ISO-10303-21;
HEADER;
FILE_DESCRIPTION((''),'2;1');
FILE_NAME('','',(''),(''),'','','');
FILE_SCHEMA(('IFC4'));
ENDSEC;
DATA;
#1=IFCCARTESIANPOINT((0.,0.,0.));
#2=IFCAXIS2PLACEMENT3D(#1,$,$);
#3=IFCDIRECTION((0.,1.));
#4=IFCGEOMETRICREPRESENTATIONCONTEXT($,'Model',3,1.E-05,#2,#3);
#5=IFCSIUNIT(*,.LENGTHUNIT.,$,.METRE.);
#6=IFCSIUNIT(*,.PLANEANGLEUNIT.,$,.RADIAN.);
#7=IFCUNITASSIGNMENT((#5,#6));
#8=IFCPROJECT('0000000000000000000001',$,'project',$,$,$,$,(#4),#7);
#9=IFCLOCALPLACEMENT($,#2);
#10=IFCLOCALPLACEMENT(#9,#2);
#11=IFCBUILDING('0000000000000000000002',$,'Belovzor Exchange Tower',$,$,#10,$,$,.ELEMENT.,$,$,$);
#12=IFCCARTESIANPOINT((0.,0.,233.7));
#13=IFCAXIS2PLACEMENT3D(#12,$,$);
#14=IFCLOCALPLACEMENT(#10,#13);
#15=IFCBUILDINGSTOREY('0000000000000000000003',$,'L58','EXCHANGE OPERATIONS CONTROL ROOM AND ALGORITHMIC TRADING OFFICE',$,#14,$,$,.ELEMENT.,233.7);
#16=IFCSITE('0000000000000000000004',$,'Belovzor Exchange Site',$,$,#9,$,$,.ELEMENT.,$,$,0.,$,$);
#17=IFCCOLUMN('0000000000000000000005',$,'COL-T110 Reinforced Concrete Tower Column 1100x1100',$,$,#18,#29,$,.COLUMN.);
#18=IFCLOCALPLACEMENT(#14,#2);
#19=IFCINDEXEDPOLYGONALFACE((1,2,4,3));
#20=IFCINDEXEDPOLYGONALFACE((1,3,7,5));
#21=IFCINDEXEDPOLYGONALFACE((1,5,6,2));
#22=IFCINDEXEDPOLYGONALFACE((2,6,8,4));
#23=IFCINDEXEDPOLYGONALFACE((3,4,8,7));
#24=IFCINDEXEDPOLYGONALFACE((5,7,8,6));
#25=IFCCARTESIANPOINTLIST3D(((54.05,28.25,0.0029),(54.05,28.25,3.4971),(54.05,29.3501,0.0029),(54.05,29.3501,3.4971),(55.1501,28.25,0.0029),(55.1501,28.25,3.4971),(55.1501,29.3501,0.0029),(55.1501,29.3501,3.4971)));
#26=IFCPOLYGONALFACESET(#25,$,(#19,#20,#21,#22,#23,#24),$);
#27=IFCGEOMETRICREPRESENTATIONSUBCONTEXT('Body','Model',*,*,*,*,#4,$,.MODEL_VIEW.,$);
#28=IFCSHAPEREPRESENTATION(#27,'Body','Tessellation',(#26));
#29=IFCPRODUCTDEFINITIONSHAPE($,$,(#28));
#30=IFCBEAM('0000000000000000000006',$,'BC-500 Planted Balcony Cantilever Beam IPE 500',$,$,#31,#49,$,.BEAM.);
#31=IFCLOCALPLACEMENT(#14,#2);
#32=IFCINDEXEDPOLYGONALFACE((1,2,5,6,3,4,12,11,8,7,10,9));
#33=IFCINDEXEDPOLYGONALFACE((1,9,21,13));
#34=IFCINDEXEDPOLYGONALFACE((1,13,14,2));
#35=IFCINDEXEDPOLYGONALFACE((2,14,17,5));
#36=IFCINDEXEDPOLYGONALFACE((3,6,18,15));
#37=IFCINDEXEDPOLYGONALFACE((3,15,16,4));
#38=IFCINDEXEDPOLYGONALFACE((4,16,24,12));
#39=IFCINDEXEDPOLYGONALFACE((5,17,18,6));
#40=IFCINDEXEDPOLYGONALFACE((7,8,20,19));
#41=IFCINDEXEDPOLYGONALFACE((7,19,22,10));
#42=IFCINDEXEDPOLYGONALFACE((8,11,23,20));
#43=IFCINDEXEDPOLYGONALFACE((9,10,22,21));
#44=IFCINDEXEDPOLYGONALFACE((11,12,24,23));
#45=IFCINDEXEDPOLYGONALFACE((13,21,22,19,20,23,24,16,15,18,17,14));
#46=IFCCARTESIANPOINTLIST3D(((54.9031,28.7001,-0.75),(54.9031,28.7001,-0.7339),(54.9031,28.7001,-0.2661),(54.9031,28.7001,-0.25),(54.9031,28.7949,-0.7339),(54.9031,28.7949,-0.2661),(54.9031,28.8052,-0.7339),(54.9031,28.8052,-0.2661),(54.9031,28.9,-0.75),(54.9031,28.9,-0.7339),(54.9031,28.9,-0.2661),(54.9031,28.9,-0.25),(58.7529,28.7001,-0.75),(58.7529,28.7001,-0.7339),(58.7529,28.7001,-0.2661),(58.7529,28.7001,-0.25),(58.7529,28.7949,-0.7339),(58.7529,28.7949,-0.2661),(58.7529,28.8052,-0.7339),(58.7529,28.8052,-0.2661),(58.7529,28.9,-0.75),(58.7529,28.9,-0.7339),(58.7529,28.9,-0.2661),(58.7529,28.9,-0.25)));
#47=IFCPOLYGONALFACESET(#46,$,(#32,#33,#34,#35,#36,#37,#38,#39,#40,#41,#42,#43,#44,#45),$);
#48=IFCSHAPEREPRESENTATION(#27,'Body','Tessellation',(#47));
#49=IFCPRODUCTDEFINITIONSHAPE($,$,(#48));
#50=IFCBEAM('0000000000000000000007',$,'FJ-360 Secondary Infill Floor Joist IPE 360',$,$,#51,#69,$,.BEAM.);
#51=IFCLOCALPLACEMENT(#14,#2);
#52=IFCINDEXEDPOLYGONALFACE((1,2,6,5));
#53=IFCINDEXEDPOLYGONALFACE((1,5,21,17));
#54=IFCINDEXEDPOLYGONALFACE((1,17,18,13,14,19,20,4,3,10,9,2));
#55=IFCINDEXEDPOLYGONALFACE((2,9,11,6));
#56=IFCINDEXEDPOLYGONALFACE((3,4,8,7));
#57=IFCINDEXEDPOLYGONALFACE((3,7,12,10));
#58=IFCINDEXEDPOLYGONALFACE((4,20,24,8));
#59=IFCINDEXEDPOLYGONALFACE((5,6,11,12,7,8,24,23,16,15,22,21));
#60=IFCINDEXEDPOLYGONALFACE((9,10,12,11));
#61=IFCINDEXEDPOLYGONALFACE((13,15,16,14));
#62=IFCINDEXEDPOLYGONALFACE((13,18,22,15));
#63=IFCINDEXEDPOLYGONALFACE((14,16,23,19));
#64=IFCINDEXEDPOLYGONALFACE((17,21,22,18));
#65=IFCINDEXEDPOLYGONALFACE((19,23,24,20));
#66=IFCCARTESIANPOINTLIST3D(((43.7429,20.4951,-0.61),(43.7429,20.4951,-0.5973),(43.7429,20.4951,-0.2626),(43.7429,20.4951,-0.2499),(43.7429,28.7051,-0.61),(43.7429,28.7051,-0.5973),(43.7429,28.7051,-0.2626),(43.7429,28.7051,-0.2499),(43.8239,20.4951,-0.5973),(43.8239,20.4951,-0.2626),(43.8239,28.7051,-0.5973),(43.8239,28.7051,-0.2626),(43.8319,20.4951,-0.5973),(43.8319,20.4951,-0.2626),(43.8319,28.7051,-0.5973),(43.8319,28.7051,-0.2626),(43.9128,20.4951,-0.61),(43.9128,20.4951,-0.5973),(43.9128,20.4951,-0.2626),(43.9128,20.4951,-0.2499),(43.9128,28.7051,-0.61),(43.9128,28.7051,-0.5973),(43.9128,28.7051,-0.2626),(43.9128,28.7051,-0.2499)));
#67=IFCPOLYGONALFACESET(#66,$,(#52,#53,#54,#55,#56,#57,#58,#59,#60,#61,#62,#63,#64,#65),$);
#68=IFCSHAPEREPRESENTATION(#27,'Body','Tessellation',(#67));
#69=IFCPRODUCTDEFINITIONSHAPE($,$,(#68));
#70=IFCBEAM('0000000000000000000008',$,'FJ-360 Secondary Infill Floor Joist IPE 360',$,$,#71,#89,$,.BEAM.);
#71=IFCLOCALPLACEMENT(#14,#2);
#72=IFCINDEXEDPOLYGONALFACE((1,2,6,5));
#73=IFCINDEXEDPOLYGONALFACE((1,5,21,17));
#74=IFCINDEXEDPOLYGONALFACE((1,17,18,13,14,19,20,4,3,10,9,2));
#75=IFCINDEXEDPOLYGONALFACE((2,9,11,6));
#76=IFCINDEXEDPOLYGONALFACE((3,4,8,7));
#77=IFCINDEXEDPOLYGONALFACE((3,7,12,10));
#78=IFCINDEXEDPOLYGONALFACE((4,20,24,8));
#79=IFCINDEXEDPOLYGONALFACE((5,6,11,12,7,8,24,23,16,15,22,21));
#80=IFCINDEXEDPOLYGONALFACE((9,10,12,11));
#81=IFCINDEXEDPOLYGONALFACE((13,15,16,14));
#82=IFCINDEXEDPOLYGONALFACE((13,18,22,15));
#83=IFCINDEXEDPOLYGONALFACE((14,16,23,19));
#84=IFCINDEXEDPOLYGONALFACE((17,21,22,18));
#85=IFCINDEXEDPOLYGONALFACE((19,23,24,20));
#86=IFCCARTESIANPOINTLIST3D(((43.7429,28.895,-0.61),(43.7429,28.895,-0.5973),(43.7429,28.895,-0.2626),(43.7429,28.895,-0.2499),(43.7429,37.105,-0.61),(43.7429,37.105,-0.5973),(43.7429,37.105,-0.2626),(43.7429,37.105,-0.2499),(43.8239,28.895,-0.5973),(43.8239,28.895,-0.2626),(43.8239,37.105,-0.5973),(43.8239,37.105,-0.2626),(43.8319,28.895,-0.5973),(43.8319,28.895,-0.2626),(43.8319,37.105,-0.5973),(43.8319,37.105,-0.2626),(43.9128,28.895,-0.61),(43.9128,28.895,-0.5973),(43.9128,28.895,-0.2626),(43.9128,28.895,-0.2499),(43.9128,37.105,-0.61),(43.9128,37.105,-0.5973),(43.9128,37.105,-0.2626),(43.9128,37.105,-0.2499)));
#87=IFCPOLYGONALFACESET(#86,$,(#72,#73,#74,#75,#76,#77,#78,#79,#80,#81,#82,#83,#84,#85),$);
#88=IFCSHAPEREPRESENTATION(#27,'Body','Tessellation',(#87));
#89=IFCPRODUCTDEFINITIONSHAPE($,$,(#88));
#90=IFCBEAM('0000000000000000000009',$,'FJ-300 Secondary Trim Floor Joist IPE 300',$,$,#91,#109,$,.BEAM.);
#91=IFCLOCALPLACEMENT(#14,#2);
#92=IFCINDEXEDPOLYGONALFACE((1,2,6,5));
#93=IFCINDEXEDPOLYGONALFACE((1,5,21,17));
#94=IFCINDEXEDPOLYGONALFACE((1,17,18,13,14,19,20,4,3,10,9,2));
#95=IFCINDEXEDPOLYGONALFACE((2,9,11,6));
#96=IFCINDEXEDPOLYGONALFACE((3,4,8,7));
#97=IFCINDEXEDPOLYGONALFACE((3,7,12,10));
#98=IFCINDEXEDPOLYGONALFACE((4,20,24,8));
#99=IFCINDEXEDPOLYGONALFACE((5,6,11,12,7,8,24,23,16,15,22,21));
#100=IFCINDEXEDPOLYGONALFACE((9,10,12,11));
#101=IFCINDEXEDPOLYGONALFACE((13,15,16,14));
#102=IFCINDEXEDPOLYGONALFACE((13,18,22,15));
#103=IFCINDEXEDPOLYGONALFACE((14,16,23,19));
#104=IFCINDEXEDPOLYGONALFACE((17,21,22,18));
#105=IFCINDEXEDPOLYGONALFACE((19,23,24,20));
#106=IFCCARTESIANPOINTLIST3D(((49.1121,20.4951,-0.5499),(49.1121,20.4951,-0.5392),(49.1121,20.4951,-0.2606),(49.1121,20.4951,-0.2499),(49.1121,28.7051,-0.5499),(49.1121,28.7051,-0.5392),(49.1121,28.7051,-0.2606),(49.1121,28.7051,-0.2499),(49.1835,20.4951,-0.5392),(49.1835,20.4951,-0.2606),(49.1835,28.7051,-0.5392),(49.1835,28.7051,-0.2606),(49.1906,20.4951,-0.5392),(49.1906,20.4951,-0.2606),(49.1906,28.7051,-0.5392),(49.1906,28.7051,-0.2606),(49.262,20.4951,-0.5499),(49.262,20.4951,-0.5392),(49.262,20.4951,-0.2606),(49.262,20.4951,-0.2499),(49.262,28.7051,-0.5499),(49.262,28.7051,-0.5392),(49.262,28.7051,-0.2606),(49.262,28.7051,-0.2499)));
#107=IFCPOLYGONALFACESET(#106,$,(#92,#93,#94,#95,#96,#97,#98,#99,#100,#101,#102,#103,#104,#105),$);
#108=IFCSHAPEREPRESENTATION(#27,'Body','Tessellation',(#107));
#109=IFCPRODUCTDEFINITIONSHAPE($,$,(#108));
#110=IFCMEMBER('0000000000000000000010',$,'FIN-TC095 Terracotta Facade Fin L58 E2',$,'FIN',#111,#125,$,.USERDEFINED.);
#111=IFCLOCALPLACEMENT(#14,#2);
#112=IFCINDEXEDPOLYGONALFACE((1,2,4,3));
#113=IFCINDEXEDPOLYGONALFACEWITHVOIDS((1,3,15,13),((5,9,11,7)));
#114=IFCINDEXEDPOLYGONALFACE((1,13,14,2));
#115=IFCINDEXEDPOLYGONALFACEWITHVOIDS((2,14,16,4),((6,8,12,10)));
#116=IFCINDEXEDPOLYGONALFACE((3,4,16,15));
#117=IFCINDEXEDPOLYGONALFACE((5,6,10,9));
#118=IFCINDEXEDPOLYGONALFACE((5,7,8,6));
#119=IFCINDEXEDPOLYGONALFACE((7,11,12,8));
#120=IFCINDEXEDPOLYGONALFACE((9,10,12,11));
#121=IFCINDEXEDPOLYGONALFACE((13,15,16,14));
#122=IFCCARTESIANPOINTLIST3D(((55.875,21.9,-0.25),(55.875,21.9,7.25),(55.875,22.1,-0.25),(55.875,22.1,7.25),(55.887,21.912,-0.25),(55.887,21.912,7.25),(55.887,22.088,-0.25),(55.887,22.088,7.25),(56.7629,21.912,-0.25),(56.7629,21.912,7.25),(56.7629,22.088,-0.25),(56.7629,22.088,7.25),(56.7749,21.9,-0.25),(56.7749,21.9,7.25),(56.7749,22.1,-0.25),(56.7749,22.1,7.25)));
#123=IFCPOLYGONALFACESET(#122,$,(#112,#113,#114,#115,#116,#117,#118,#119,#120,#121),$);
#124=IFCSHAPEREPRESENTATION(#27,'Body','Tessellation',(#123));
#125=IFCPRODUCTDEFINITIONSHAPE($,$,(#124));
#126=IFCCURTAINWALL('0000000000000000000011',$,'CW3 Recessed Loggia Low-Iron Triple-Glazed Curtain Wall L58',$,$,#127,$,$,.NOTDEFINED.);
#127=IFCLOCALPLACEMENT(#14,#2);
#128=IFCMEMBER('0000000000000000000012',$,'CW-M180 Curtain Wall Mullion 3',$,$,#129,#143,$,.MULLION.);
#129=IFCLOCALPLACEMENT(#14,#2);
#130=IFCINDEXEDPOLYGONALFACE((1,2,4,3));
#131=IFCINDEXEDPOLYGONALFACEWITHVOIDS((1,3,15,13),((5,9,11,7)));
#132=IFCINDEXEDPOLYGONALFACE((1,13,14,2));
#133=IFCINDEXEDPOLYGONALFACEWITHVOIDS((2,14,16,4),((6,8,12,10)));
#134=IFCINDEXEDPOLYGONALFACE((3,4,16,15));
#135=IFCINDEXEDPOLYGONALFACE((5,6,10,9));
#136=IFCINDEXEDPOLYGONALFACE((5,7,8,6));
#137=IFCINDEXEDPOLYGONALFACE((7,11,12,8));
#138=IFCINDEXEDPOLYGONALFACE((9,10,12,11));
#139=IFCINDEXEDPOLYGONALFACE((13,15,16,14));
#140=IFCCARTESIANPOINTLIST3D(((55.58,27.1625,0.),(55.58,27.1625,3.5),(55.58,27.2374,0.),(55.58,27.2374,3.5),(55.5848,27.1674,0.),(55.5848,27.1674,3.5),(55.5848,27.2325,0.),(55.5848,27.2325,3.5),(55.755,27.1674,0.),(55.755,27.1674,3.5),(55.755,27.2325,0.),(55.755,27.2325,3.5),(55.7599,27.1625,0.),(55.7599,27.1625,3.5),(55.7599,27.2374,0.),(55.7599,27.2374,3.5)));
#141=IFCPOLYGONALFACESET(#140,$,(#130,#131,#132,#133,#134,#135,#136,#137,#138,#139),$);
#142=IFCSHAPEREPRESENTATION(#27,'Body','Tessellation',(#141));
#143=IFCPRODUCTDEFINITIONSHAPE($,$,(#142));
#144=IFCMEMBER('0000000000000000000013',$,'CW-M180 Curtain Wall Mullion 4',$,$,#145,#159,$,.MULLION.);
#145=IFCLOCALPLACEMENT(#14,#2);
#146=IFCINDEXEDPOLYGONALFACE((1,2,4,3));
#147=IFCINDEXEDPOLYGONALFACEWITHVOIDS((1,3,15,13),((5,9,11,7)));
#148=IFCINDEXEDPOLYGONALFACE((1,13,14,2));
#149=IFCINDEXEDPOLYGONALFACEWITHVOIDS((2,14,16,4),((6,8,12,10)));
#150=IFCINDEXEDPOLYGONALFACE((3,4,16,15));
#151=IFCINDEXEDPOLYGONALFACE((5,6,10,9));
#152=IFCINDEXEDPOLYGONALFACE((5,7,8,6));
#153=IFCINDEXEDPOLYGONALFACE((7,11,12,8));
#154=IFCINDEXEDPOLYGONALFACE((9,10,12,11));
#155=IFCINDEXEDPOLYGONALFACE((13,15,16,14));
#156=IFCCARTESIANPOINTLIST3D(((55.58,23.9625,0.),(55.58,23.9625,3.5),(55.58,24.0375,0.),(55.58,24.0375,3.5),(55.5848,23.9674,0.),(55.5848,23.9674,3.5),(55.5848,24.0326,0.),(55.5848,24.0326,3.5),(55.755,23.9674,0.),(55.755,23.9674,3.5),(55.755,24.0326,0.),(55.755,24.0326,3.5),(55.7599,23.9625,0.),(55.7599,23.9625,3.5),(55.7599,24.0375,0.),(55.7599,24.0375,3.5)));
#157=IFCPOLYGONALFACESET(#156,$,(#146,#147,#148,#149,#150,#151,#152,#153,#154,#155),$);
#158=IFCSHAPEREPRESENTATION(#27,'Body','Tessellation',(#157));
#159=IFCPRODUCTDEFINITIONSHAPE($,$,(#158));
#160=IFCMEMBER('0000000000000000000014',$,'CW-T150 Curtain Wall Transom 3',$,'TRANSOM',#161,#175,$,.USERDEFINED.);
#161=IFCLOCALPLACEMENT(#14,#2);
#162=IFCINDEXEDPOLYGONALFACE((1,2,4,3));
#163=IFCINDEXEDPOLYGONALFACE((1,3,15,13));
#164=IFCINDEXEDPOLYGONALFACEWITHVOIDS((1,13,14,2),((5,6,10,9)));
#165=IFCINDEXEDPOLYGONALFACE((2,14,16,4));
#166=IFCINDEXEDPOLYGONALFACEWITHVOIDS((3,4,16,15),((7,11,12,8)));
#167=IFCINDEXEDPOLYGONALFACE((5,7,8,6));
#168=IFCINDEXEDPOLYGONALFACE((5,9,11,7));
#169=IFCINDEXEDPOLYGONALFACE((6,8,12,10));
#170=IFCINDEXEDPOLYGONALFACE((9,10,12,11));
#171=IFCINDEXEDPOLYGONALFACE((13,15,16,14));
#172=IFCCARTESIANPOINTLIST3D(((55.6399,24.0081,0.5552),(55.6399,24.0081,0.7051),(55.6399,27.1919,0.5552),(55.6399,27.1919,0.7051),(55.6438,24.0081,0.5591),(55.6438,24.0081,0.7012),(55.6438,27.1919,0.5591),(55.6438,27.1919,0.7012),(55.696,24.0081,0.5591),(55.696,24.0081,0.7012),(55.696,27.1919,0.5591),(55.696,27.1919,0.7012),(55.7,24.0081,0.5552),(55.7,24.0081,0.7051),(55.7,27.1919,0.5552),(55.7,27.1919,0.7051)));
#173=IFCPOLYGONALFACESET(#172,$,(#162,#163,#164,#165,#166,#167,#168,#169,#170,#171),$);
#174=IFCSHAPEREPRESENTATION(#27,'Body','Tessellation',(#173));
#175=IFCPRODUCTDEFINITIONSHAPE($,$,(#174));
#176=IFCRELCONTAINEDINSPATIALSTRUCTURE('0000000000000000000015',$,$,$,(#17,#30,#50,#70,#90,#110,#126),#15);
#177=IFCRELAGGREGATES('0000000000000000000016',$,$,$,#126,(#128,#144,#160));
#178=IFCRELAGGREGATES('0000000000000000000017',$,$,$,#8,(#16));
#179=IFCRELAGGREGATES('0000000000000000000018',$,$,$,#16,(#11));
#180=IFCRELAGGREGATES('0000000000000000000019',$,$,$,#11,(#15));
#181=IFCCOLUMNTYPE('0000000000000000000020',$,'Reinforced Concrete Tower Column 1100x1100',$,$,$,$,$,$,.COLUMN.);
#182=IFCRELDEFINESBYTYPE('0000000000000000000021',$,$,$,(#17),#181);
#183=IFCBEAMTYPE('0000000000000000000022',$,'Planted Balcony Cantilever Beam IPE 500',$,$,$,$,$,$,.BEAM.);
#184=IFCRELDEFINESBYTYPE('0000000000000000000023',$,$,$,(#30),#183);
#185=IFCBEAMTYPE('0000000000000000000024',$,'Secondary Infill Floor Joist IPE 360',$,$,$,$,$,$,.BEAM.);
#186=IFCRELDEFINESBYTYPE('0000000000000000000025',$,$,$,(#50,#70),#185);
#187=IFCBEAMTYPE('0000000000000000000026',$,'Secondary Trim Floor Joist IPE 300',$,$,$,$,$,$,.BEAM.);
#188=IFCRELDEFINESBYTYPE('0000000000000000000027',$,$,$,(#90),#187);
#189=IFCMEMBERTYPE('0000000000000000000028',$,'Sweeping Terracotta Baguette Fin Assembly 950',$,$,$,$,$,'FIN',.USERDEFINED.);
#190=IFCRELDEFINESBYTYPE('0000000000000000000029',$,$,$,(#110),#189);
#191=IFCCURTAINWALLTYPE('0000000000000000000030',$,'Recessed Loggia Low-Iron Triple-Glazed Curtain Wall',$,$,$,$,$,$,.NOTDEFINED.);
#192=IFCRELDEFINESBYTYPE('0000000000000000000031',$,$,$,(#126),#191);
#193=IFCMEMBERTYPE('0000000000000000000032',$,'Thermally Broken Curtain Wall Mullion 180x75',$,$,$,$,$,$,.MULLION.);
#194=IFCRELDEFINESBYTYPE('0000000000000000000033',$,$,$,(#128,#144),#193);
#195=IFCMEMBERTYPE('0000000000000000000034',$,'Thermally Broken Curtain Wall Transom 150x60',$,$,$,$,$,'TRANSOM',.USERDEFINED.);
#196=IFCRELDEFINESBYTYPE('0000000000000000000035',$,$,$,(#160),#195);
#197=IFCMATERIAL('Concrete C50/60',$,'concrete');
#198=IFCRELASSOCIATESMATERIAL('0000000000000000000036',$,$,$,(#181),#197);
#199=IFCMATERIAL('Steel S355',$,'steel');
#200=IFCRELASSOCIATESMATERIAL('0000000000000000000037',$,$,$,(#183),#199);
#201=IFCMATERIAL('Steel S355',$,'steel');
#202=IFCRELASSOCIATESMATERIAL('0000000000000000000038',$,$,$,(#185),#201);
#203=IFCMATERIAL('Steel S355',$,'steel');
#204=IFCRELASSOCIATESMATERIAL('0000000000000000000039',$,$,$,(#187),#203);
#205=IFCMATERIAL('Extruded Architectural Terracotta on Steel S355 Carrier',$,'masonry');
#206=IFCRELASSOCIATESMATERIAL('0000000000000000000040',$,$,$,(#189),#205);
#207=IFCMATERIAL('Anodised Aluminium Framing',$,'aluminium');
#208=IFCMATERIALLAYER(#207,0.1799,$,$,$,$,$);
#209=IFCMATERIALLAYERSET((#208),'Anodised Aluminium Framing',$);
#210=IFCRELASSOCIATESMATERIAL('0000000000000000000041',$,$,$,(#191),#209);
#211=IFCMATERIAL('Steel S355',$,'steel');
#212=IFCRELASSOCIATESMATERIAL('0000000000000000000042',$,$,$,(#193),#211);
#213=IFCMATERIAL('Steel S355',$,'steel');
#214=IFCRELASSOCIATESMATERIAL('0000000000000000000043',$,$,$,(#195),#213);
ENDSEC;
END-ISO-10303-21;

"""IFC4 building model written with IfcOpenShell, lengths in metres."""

from ifc_helpers import new_model, si_unit, direction, frame, origin, origin_2d, place, context, subcontext, project, spatial, rectangle, hollow_rectangle, i_section, extrude, material, layer, layer_set, material_profile, profile_set, type_object, element, aggregate, save


model = new_model("IFC4")

# Units and contexts
model_context = context("Model", 3, precision=1e-05, world=origin(), true_north=direction((0.0, 1.0)))
body_context = subcontext(model_context, "Body", "Model", "MODEL_VIEW")
ifc_project = project(units=[si_unit("LENGTHUNIT", "METRE"), si_unit("PLANEANGLEUNIT", "RADIAN")], contexts=[model_context])

# Site, building, storey
site_placement = place(None, origin())
site = spatial("IfcSite", under=ifc_project, at=site_placement, Name="Belovzor Exchange Site", CompositionType="ELEMENT", RefElevation=0.0)
building_placement = place(site_placement, origin())
building = spatial("IfcBuilding", under=site, at=building_placement, Name="Belovzor Exchange Tower", CompositionType="ELEMENT")
storey_placement = place(building_placement, frame((0.0, 0.0, 233.7)))
storey = spatial("IfcBuildingStorey", under=building, at=storey_placement, Name="L58", Description="EXCHANGE OPERATIONS CONTROL ROOM AND ALGORITHMIC TRADING OFFICE", CompositionType="ELEMENT", Elevation=233.7)

# Column
ifc_material_1 = material(Name="Concrete C50/60", Category="concrete")
ifc_material_profile_1 = material_profile(ifc_material_1, rectangle(XDim=1.1001, YDim=1.1001, at=origin_2d()))
ifc_profile_set_1 = profile_set([ifc_material_profile_1], Name="Concrete C50/60")
column_type = type_object("IfcColumnType", Name="Reinforced Concrete Tower Column 1100x1100", PredefinedType="COLUMN", material=ifc_profile_set_1)
column_placement = place(storey_placement, frame((54.6001, 28.8, 0.0029), z_axis=(0.0, 0.0, 1.0), x_axis=(1.0, 0.0, 0.0)))
element("IfcColumn", 1, at=column_placement, inside=storey, type_object=column_type, Name="COL-T110 Reinforced Concrete Tower Column 1100x1100", PredefinedType="COLUMN", context=body_context, shape_type="SweptSolid", body=[
    extrude(rectangle(XDim=1.1001, YDim=1.1001, at=origin_2d()), origin(), (0.0, 0.0, 1.0), 3.4941),
])

# Beams
ifc_material_2 = material(Name="Steel S355", Category="steel")
ifc_material_profile_2 = material_profile(ifc_material_2, i_section(OverallWidth=0.2, OverallDepth=0.5, WebThickness=0.0103, FlangeThickness=0.0161, at=origin_2d()))
ifc_profile_set_2 = profile_set([ifc_material_profile_2], Name="Steel S355")
beam_type_1 = type_object("IfcBeamType", Name="Planted Balcony Cantilever Beam IPE 500", PredefinedType="BEAM", material=ifc_profile_set_2)
beam_1_placement = place(storey_placement, frame((54.9031, 28.8, -0.5), z_axis=(1.0, 0.0, 0.0), x_axis=(0.0, 1.0, 0.0)))
element("IfcBeam", 2, at=beam_1_placement, inside=storey, type_object=beam_type_1, Name="BC-500 Planted Balcony Cantilever Beam IPE 500", PredefinedType="BEAM", context=body_context, shape_type="SweptSolid", body=[
    extrude(i_section(OverallWidth=0.2, OverallDepth=0.5, WebThickness=0.0103, FlangeThickness=0.0161, at=origin_2d()), origin(), (0.0, 0.0, 1.0), 3.8499),
])
ifc_material_3 = material(Name="Steel S355", Category="steel")
ifc_material_profile_3 = material_profile(ifc_material_3, i_section(OverallWidth=0.1699, OverallDepth=0.3601, WebThickness=0.0081, FlangeThickness=0.0127, at=origin_2d()))
ifc_profile_set_3 = profile_set([ifc_material_profile_3], Name="Steel S355")
beam_type_2 = type_object("IfcBeamType", Name="Secondary Infill Floor Joist IPE 360", PredefinedType="BEAM", material=ifc_profile_set_3)
for number, where, z_axis, x_axis, name in (
    (3, (43.8279, 20.4951, -0.4299), (0.0, 1.0, 0.0), (-1.0, 0.0, 0.0), "FJ-360 Secondary Infill Floor Joist IPE 360"),
    (4, (43.8279, 28.895, -0.4299), (0.0, 1.0, 0.0), (-1.0, 0.0, 0.0), "FJ-360 Secondary Infill Floor Joist IPE 360"),
):
    element("IfcBeam", number, at=place(storey_placement, frame(where, z_axis=z_axis, x_axis=x_axis)), inside=storey, type_object=beam_type_2, Name=name, PredefinedType="BEAM", context=body_context, shape_type="SweptSolid", body=[
        extrude(i_section(OverallWidth=0.1699, OverallDepth=0.3601, WebThickness=0.0081, FlangeThickness=0.0127, at=origin_2d()), origin(), (0.0, 0.0, 1.0), 8.21),
    ])
ifc_material_4 = material(Name="Steel S355", Category="steel")
ifc_material_profile_4 = material_profile(ifc_material_4, i_section(OverallWidth=0.1499, OverallDepth=0.3, WebThickness=0.0071, FlangeThickness=0.0107, at=origin_2d()))
ifc_profile_set_4 = profile_set([ifc_material_profile_4], Name="Steel S355")
beam_type_3 = type_object("IfcBeamType", Name="Secondary Trim Floor Joist IPE 300", PredefinedType="BEAM", material=ifc_profile_set_4)
beam_2_placement = place(storey_placement, frame((49.187, 20.4951, -0.3999), z_axis=(0.0, 1.0, 0.0), x_axis=(-1.0, 0.0, 0.0)))
element("IfcBeam", 5, at=beam_2_placement, inside=storey, type_object=beam_type_3, Name="FJ-300 Secondary Trim Floor Joist IPE 300", PredefinedType="BEAM", context=body_context, shape_type="SweptSolid", body=[
    extrude(i_section(OverallWidth=0.1499, OverallDepth=0.3, WebThickness=0.0071, FlangeThickness=0.0107, at=origin_2d()), origin(), (0.0, 0.0, 1.0), 8.21),
])

# Member
ifc_material_5 = material(Name="Extruded Architectural Terracotta on Steel S355 Carrier", Category="masonry")
ifc_material_profile_5 = material_profile(ifc_material_5, hollow_rectangle(XDim=0.2, YDim=0.8999, WallThickness=0.012, at=origin_2d()))
ifc_profile_set_5 = profile_set([ifc_material_profile_5], Name="Extruded Architectural Terracotta on Steel S355 Carrier")
member_type_1 = type_object("IfcMemberType", Name="Sweeping Terracotta Baguette Fin Assembly 950", ElementType="FIN", PredefinedType="USERDEFINED", material=ifc_profile_set_5)
member_1_placement = place(storey_placement, frame((56.325, 22.0, -0.25), z_axis=(0.0, 0.0, 1.0), x_axis=(0.0, 1.0, 0.0)))
element("IfcMember", 6, at=member_1_placement, inside=storey, type_object=member_type_1, Name="FIN-TC095 Terracotta Facade Fin L58 E2", ObjectType="FIN", PredefinedType="USERDEFINED", context=body_context, shape_type="SweptSolid", body=[
    extrude(hollow_rectangle(XDim=0.2, YDim=0.8999, WallThickness=0.012, at=origin_2d()), origin(), (0.0, 0.0, 1.0), 7.5),
])

# Curtain wall, members
ifc_material_6 = material(Name="Anodised Aluminium Framing", Category="aluminium")
ifc_layer_1 = layer(ifc_material_6, 0.1799)
ifc_layer_set_1 = layer_set([ifc_layer_1], Name="Anodised Aluminium Framing")
curtain_wall_type = type_object("IfcCurtainWallType", Name="Recessed Loggia Low-Iron Triple-Glazed Curtain Wall", PredefinedType="NOTDEFINED", material=ifc_layer_set_1)
curtain_wall_placement = place(storey_placement, origin())
curtain_wall = element("IfcCurtainWall", 7, at=curtain_wall_placement, inside=storey, type_object=curtain_wall_type, Name="CW3 Recessed Loggia Low-Iron Triple-Glazed Curtain Wall L58", PredefinedType="NOTDEFINED")
ifc_material_7 = material(Name="Steel S355", Category="steel")
ifc_material_profile_6 = material_profile(ifc_material_7, hollow_rectangle(XDim=0.075, YDim=0.1799, WallThickness=0.0049, at=origin_2d()))
ifc_profile_set_6 = profile_set([ifc_material_profile_6], Name="Steel S355")
member_type_2 = type_object("IfcMemberType", Name="Thermally Broken Curtain Wall Mullion 180x75", PredefinedType="MULLION", material=ifc_profile_set_6)
member_2_placement = place(storey_placement, frame((55.6699, 27.2, 0.0), z_axis=(0.0, 0.0, 1.0), x_axis=(0.0, -1.0, 0.0)))
member_2 = element("IfcMember", 8, at=member_2_placement, type_object=member_type_2, Name="CW-M180 Curtain Wall Mullion 3", PredefinedType="MULLION", context=body_context, shape_type="SweptSolid", body=[
    extrude(hollow_rectangle(XDim=0.075, YDim=0.1799, WallThickness=0.0049, at=origin_2d()), origin(), (0.0, 0.0, 1.0), 3.5),
])
member_3_placement = place(storey_placement, frame((55.6699, 24.0, 0.0), z_axis=(0.0, 0.0, 1.0), x_axis=(0.0, -1.0, 0.0)))
member_3 = element("IfcMember", 9, at=member_3_placement, type_object=member_type_2, Name="CW-M180 Curtain Wall Mullion 4", PredefinedType="MULLION", context=body_context, shape_type="SweptSolid", body=[
    extrude(hollow_rectangle(XDim=0.075, YDim=0.1799, WallThickness=0.0049, at=origin_2d()), origin(), (0.0, 0.0, 1.0), 3.5),
])
ifc_material_8 = material(Name="Steel S355", Category="steel")
ifc_material_profile_7 = material_profile(ifc_material_8, hollow_rectangle(XDim=0.0601, YDim=0.1499, WallThickness=0.0039, at=origin_2d()))
ifc_profile_set_7 = profile_set([ifc_material_profile_7], Name="Steel S355")
member_type_3 = type_object("IfcMemberType", Name="Thermally Broken Curtain Wall Transom 150x60", ElementType="TRANSOM", PredefinedType="USERDEFINED", material=ifc_profile_set_7)
member_4_placement = place(storey_placement, frame((55.6699, 27.1919, 0.6301), z_axis=(0.0, -1.0, 0.0), x_axis=(1.0, 0.0, 0.0)))
member_4 = element("IfcMember", 10, at=member_4_placement, type_object=member_type_3, Name="CW-T150 Curtain Wall Transom 3", ObjectType="TRANSOM", PredefinedType="USERDEFINED", context=body_context, shape_type="SweptSolid", body=[
    extrude(hollow_rectangle(XDim=0.0601, YDim=0.1499, WallThickness=0.0039, at=origin_2d()), origin(), (0.0, 0.0, 1.0), 3.1838),
])

aggregate(curtain_wall, [member_2, member_3, member_4])

save(model, "model.ifc")
